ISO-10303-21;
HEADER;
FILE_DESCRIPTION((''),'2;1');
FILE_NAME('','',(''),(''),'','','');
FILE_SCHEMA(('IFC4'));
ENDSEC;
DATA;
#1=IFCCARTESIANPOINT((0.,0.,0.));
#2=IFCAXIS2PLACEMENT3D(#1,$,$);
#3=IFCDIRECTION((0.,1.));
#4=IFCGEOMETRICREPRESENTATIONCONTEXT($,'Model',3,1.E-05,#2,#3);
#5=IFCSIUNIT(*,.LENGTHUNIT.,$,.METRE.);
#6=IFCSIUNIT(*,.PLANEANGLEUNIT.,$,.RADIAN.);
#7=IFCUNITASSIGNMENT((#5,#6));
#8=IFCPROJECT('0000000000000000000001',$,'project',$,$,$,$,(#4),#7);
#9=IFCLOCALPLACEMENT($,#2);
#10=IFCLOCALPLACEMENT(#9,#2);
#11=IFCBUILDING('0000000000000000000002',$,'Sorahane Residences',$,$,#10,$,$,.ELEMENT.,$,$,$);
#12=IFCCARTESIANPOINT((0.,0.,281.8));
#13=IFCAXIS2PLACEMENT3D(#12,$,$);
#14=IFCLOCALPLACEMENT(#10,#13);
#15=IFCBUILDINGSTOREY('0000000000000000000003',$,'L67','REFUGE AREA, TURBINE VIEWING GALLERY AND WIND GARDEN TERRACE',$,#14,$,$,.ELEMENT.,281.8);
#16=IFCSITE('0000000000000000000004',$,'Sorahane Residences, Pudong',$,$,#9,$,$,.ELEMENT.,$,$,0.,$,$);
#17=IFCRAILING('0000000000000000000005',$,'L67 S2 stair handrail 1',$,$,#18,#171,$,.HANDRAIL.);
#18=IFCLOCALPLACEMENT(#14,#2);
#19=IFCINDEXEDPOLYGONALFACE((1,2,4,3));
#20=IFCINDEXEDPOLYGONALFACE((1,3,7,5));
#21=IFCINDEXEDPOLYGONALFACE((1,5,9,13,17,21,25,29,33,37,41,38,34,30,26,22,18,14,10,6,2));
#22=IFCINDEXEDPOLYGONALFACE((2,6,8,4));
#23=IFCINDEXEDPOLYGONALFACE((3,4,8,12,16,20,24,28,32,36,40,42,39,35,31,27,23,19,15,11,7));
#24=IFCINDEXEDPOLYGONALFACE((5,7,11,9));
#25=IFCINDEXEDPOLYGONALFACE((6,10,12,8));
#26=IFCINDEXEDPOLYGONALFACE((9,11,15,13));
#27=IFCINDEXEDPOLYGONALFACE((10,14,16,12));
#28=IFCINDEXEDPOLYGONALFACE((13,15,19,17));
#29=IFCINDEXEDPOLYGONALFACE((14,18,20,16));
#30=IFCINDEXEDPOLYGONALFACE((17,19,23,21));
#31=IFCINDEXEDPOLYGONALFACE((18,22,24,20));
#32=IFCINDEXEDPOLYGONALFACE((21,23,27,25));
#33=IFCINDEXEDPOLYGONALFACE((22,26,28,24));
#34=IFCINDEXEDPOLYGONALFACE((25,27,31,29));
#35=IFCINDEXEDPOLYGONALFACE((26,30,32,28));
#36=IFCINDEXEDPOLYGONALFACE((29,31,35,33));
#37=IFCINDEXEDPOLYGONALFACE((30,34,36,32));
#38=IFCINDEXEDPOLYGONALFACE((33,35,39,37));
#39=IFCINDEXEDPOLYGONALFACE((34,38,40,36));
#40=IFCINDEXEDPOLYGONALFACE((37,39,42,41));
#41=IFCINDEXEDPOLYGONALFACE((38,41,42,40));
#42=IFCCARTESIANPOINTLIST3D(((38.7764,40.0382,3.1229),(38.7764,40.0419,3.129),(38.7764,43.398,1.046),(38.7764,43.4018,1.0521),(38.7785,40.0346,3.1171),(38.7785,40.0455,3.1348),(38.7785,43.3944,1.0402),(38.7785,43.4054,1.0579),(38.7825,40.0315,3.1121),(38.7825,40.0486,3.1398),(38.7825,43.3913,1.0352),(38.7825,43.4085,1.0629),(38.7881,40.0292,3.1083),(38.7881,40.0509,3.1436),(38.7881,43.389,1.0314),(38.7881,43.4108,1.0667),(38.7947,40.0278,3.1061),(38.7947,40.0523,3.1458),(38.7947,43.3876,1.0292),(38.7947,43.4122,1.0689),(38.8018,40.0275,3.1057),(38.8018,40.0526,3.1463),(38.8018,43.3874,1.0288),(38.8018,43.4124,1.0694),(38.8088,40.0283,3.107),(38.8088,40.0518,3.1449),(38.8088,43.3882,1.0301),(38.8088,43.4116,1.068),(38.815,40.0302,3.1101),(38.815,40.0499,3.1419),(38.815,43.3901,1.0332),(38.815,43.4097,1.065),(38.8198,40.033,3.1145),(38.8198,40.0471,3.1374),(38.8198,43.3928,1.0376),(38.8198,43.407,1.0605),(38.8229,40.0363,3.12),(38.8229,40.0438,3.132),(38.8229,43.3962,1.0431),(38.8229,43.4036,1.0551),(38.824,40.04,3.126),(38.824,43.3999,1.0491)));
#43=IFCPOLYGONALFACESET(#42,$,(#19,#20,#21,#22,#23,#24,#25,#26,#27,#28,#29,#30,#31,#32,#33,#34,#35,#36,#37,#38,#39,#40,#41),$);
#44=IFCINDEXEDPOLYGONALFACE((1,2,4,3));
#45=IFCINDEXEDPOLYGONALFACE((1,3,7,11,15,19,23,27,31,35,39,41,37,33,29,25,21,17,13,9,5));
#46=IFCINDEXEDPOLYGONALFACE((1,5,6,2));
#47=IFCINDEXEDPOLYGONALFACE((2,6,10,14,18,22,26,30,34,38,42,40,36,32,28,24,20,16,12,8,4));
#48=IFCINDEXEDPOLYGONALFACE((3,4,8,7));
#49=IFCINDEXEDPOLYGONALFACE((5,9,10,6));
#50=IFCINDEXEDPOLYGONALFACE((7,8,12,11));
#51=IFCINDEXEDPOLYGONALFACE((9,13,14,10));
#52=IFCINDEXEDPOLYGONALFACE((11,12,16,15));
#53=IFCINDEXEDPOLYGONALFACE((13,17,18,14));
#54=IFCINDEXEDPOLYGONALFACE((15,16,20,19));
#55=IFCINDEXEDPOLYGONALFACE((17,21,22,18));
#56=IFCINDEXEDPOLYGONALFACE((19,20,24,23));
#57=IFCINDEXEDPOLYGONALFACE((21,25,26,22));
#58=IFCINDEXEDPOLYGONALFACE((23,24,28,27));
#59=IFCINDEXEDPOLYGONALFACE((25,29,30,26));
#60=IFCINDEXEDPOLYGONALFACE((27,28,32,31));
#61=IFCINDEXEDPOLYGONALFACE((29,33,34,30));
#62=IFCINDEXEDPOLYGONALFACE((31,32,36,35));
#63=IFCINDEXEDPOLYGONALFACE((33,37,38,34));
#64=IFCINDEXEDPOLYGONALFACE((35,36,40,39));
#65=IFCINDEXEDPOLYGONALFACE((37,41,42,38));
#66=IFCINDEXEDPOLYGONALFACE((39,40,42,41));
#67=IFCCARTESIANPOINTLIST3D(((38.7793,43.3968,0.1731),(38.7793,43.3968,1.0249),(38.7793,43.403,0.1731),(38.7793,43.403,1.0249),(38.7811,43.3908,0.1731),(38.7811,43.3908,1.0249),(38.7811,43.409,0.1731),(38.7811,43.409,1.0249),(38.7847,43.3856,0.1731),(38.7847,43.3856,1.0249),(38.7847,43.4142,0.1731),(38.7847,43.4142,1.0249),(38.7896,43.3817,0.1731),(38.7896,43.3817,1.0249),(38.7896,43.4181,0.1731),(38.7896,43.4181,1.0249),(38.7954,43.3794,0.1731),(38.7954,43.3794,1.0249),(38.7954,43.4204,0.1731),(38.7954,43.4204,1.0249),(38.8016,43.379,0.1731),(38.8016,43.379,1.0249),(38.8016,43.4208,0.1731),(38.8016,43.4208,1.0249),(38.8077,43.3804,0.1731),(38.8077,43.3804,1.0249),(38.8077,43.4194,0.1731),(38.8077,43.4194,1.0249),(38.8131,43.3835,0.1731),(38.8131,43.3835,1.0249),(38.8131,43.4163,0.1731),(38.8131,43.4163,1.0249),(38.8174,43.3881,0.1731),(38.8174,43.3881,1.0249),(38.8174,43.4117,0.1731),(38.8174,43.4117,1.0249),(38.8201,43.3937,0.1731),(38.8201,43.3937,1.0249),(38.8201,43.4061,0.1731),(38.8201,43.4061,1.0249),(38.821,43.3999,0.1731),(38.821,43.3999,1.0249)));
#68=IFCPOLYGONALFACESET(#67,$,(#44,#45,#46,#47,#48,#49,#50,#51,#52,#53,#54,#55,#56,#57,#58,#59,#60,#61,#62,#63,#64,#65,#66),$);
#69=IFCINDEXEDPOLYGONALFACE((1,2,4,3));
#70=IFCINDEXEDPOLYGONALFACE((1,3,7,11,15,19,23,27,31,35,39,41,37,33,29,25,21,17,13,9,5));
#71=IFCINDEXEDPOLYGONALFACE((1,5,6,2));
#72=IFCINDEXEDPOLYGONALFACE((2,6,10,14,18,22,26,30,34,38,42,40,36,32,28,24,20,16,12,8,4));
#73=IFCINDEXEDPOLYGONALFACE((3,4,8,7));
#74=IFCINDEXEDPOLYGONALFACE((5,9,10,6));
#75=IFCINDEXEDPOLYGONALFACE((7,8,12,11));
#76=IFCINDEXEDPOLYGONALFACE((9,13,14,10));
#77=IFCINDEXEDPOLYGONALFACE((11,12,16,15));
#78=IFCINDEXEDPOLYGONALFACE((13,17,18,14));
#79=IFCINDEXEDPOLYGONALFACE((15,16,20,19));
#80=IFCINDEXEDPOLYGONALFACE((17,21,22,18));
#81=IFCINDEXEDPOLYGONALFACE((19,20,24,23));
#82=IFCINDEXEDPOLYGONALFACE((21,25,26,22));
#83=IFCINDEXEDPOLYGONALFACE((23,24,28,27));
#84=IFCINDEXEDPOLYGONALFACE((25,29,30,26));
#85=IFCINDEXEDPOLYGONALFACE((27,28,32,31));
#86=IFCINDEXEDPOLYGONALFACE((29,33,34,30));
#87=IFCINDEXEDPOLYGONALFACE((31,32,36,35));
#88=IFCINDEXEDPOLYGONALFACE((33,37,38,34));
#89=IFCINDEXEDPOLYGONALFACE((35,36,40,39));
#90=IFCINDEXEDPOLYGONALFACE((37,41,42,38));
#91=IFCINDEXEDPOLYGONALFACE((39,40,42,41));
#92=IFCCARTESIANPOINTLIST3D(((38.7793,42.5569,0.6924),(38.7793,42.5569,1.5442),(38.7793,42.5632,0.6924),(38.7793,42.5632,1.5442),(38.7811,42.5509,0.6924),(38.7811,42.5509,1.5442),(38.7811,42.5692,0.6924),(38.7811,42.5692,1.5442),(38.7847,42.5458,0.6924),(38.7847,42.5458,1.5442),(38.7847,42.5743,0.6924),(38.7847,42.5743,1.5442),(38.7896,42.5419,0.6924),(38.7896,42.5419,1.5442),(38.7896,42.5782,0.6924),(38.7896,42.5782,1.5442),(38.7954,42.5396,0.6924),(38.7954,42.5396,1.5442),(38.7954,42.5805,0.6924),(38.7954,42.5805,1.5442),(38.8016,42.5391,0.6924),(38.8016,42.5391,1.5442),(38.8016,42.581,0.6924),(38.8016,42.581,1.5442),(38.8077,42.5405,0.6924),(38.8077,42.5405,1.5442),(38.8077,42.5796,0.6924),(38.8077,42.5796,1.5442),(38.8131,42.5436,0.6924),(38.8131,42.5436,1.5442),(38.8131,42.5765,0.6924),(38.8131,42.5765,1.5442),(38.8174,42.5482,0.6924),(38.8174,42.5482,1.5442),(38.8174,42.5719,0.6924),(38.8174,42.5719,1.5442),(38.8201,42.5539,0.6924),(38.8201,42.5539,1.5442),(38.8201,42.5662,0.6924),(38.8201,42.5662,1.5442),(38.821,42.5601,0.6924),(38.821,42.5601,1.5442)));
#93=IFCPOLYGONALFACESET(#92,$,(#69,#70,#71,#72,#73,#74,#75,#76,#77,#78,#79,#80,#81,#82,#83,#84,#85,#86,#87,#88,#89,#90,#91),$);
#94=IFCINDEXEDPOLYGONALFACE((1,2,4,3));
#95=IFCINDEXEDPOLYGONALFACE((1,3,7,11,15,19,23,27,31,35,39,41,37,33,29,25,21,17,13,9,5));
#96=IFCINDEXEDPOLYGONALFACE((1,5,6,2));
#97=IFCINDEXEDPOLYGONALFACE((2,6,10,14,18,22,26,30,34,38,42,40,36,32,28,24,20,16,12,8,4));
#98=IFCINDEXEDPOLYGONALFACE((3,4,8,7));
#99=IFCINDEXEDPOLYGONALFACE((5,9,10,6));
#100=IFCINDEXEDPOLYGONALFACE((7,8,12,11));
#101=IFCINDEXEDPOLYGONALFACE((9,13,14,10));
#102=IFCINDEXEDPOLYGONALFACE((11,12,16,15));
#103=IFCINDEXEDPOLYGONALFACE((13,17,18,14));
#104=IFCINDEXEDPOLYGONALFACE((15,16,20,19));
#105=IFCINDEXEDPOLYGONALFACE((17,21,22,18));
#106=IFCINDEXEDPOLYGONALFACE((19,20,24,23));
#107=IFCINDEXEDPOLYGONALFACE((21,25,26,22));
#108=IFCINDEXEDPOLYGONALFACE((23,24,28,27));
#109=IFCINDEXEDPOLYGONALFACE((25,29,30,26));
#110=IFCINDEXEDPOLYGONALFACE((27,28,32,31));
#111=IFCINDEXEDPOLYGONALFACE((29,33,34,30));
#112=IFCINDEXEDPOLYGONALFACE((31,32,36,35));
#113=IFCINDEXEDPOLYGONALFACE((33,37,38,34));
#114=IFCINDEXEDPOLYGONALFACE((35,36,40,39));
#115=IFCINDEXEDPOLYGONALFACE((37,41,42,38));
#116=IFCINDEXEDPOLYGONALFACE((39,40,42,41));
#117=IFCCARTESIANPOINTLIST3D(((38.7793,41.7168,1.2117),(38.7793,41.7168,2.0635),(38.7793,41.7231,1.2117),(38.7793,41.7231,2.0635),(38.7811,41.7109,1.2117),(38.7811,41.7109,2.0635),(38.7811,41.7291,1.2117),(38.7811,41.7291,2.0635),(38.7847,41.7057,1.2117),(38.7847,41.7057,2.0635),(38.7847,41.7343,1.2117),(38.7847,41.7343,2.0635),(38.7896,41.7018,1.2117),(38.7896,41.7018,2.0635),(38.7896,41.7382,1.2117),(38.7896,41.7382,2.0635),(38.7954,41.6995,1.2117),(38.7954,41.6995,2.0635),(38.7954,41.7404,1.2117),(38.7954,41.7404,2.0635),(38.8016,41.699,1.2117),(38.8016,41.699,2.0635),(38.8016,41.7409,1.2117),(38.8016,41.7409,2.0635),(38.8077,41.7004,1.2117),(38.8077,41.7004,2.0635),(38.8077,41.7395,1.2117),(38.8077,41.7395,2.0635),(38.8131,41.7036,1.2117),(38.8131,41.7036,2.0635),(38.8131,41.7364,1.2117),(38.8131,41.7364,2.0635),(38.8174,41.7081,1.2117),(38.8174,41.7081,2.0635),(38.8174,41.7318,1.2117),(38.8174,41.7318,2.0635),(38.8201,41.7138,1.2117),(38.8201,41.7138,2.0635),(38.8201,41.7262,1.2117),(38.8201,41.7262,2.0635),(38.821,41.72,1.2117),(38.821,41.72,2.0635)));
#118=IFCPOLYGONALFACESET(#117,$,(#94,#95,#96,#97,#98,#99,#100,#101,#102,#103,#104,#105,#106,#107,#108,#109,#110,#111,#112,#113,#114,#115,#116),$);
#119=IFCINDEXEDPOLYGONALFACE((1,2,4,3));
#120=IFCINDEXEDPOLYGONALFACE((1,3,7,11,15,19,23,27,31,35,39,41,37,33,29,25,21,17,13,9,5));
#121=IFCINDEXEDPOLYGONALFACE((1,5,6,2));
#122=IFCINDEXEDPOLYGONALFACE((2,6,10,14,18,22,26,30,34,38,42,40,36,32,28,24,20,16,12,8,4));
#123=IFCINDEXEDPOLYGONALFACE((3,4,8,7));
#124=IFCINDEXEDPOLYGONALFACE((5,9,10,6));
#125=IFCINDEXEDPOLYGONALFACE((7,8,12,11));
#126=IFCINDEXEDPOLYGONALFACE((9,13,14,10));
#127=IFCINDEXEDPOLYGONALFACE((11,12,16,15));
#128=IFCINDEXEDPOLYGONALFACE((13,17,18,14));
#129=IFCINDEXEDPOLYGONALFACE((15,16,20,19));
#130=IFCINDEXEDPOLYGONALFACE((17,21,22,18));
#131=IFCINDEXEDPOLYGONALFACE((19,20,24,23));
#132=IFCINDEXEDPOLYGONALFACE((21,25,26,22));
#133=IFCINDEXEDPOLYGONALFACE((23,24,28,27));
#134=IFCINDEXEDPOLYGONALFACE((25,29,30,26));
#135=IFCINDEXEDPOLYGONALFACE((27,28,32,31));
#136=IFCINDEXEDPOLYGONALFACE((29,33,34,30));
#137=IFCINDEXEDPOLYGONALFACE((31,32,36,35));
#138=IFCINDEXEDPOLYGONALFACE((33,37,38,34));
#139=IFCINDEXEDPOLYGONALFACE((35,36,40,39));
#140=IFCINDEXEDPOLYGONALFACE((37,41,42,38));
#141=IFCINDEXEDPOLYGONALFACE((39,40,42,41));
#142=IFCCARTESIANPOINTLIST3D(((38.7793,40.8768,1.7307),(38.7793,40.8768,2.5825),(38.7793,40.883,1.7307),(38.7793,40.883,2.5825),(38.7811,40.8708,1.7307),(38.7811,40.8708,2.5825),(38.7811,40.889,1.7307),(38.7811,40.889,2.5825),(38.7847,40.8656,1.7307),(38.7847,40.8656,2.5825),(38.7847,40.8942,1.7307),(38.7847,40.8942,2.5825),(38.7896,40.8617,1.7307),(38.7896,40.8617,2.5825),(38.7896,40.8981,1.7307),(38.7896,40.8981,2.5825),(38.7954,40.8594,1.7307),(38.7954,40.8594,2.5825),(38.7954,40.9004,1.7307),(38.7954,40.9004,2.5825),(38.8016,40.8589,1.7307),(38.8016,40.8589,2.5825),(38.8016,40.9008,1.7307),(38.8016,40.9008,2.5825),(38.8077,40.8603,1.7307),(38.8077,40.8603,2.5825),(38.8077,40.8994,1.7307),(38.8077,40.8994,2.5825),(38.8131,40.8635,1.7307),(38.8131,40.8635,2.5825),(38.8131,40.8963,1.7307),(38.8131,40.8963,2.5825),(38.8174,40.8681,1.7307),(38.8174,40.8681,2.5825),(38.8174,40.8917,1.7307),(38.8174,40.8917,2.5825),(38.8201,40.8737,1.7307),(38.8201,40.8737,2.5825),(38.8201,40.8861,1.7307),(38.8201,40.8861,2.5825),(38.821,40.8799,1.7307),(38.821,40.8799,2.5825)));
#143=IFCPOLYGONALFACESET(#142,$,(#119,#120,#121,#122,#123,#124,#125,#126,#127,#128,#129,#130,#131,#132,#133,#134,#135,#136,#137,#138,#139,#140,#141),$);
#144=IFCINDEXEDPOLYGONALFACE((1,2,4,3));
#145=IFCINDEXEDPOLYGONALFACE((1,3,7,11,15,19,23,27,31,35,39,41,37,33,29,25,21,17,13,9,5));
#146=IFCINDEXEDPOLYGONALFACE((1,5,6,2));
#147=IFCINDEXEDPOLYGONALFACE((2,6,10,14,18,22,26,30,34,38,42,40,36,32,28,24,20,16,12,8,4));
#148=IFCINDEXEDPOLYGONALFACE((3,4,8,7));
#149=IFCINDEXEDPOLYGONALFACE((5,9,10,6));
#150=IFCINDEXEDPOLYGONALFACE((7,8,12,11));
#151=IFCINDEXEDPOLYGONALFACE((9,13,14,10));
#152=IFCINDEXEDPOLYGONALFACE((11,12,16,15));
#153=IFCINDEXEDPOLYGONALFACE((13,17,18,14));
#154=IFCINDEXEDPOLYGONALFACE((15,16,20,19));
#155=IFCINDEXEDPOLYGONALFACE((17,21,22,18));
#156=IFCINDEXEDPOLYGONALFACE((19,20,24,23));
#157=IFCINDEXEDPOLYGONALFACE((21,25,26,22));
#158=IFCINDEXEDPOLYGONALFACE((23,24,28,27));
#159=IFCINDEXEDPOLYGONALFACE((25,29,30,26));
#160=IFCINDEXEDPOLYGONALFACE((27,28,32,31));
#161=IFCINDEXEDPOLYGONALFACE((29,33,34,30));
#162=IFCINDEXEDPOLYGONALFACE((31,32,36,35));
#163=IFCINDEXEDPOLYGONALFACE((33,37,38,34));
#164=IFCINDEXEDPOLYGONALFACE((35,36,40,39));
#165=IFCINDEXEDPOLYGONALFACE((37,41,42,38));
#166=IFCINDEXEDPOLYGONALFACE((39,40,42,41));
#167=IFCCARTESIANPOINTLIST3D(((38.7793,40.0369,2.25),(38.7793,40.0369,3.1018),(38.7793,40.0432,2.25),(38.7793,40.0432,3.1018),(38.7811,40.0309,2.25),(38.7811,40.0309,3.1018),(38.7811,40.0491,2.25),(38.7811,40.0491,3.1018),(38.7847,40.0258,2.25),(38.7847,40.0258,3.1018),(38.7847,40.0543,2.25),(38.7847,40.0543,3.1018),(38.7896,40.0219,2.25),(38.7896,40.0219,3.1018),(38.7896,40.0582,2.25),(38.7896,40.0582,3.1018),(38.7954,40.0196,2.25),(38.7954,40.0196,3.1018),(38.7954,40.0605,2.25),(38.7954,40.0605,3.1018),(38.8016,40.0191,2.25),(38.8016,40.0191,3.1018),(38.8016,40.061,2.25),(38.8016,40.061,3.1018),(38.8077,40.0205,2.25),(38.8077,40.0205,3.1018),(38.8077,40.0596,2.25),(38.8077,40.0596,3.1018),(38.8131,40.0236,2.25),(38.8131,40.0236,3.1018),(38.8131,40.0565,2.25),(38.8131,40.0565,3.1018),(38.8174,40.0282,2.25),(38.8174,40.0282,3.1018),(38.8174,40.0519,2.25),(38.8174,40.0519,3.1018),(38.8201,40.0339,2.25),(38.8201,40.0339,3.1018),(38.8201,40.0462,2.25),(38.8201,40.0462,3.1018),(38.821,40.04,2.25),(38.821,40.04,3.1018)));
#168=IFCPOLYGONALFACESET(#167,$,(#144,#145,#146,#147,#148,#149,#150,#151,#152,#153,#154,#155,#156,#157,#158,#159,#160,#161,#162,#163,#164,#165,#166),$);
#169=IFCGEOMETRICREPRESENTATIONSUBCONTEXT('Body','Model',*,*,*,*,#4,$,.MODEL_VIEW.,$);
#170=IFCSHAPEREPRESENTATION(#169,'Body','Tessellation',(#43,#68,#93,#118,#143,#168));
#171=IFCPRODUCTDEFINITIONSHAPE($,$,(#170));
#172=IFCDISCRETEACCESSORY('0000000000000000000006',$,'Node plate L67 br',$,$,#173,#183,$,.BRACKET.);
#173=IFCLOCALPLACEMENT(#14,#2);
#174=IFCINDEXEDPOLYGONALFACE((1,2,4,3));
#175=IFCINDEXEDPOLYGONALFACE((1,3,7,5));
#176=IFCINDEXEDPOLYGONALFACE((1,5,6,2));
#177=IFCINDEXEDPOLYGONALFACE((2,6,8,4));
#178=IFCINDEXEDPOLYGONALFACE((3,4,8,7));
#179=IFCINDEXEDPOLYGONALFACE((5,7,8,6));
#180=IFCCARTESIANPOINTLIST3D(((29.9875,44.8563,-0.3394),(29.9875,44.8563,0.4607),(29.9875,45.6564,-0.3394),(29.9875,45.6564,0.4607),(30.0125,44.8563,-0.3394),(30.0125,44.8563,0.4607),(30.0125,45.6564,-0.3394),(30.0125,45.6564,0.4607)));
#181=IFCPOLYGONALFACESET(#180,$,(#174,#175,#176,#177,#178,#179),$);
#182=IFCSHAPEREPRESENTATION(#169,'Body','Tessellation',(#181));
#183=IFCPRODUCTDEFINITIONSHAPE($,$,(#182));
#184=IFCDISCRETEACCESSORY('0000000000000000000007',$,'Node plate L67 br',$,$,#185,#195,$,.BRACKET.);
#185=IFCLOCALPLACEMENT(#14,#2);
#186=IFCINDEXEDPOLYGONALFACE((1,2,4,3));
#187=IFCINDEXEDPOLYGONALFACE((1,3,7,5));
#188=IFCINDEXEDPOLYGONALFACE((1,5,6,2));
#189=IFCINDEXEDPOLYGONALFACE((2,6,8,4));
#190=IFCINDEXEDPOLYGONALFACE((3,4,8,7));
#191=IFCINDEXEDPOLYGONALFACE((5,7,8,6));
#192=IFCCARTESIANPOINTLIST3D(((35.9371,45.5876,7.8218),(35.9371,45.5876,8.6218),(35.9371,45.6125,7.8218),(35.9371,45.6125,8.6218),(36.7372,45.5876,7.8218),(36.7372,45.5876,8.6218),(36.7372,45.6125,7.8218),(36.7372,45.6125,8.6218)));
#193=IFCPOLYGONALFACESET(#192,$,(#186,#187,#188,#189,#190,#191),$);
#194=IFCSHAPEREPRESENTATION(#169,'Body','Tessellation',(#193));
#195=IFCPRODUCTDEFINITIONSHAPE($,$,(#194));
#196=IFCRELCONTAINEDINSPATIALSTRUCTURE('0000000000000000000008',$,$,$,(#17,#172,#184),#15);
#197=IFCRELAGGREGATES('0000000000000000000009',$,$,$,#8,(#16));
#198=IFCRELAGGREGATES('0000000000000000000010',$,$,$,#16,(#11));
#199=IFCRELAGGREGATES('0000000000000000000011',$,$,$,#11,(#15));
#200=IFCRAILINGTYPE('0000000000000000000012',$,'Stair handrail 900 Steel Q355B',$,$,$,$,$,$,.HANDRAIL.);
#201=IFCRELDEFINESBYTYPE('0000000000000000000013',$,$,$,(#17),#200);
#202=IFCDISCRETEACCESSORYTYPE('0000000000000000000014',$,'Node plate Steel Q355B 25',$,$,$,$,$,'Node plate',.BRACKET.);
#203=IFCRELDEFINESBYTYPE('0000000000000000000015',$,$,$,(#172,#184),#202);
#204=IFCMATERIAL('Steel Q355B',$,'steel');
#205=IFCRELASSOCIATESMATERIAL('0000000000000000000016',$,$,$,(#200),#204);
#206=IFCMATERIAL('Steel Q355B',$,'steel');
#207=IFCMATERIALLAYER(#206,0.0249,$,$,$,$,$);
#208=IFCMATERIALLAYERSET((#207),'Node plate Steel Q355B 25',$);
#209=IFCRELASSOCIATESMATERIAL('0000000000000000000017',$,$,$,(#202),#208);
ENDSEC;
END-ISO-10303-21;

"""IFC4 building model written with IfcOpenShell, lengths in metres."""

from ifc_helpers import new_model, si_unit, direction, frame, origin, origin_2d, place, context, subcontext, project, spatial, rectangle, circle, extrude, material, layer, layer_set, type_object, element, save


model = new_model("IFC4")

# Units and contexts
model_context = context("Model", 3, precision=1e-05, world=origin(), true_north=direction((0.0, 1.0)))
body_context = subcontext(model_context, "Body", "Model", "MODEL_VIEW")
ifc_project = project(units=[si_unit("LENGTHUNIT", "METRE"), si_unit("PLANEANGLEUNIT", "RADIAN")], contexts=[model_context])

# Site, building, storey
site_placement = place(None, origin())
site = spatial("IfcSite", under=ifc_project, at=site_placement, Name="Sorahane Residences, Pudong", CompositionType="ELEMENT", RefElevation=0.0)
building_placement = place(site_placement, origin())
building = spatial("IfcBuilding", under=site, at=building_placement, Name="Sorahane Residences", CompositionType="ELEMENT")
storey_placement = place(building_placement, frame((0.0, 0.0, 281.8)))
storey = spatial("IfcBuildingStorey", under=building, at=storey_placement, Name="L67", Description="REFUGE AREA, TURBINE VIEWING GALLERY AND WIND GARDEN TERRACE", CompositionType="ELEMENT", Elevation=281.8)

# Railing
ifc_material_1 = material(Name="Steel Q355B", Category="steel")
railing_type_1 = type_object("IfcRailingType", Name="Stair handrail 900 Steel Q355B", PredefinedType="HANDRAIL", material=ifc_material_1)
railing_1_placement = place(storey_placement, frame((38.8, 43.3999, 0.1731)))
element("IfcRailing", 1, at=railing_1_placement, inside=storey, type_object=railing_type_1, Name="L67 S2 stair handrail 1", PredefinedType="HANDRAIL", context=body_context, shape_type="SweptSolid", body=[
    extrude(circle(Radius=0.0239, at=origin_2d()), frame((0.0, 0.0, 0.876), z_axis=(0.0, -0.850606, 0.525803), x_axis=(1.0, 0.0, 0.0)), (0.0, 0.0, 1.0), 3.95),
    extrude(circle(Radius=0.021, at=origin_2d()), origin(), (0.0, 0.0, 1.0), 0.8518),
    extrude(circle(Radius=0.021, at=origin_2d()), frame((0.0, -0.8398, 0.5193)), (0.0, 0.0, 1.0), 0.8518),
    extrude(circle(Radius=0.021, at=origin_2d()), frame((0.0, -1.6799, 1.0386)), (0.0, 0.0, 1.0), 0.8518),
    extrude(circle(Radius=0.021, at=origin_2d()), frame((0.0, -2.52, 1.5576)), (0.0, 0.0, 1.0), 0.8518),
    extrude(circle(Radius=0.021, at=origin_2d()), frame((0.0, -3.3599, 2.0769)), (0.0, 0.0, 1.0), 0.8518),
])

# Discrete accessories
ifc_material_2 = material(Name="Steel Q355B", Category="steel")
ifc_layer_1 = layer(ifc_material_2, 0.0249)
ifc_layer_set_1 = layer_set([ifc_layer_1], Name="Node plate Steel Q355B 25")
discrete_accessory_type = type_object("IfcDiscreteAccessoryType", Name="Node plate Steel Q355B 25", ElementType="Node plate", PredefinedType="BRACKET", material=ifc_layer_set_1)
for number, where, z_axis, x_axis, name in (
    (2, (30.0, 45.2563, -0.3394), (0.0, 0.0, 1.0), (0.0, 1.0, 0.0), "Node plate L67 br"),
    (3, (36.3372, 45.6001, 7.8218), (0.0, 0.0, 1.0), (1.0, 0.0, 0.0), "Node plate L67 br"),
):
    element("IfcDiscreteAccessory", number, at=place(storey_placement, frame(where, z_axis=z_axis, x_axis=x_axis)), inside=storey, type_object=discrete_accessory_type, Name=name, PredefinedType="BRACKET", context=body_context, shape_type="SweptSolid", body=[
        extrude(rectangle(XDim=0.8, YDim=0.0249, at=origin_2d()), origin(), (0.0, 0.0, 1.0), 0.8),
    ])

save(model, "model.ifc")
